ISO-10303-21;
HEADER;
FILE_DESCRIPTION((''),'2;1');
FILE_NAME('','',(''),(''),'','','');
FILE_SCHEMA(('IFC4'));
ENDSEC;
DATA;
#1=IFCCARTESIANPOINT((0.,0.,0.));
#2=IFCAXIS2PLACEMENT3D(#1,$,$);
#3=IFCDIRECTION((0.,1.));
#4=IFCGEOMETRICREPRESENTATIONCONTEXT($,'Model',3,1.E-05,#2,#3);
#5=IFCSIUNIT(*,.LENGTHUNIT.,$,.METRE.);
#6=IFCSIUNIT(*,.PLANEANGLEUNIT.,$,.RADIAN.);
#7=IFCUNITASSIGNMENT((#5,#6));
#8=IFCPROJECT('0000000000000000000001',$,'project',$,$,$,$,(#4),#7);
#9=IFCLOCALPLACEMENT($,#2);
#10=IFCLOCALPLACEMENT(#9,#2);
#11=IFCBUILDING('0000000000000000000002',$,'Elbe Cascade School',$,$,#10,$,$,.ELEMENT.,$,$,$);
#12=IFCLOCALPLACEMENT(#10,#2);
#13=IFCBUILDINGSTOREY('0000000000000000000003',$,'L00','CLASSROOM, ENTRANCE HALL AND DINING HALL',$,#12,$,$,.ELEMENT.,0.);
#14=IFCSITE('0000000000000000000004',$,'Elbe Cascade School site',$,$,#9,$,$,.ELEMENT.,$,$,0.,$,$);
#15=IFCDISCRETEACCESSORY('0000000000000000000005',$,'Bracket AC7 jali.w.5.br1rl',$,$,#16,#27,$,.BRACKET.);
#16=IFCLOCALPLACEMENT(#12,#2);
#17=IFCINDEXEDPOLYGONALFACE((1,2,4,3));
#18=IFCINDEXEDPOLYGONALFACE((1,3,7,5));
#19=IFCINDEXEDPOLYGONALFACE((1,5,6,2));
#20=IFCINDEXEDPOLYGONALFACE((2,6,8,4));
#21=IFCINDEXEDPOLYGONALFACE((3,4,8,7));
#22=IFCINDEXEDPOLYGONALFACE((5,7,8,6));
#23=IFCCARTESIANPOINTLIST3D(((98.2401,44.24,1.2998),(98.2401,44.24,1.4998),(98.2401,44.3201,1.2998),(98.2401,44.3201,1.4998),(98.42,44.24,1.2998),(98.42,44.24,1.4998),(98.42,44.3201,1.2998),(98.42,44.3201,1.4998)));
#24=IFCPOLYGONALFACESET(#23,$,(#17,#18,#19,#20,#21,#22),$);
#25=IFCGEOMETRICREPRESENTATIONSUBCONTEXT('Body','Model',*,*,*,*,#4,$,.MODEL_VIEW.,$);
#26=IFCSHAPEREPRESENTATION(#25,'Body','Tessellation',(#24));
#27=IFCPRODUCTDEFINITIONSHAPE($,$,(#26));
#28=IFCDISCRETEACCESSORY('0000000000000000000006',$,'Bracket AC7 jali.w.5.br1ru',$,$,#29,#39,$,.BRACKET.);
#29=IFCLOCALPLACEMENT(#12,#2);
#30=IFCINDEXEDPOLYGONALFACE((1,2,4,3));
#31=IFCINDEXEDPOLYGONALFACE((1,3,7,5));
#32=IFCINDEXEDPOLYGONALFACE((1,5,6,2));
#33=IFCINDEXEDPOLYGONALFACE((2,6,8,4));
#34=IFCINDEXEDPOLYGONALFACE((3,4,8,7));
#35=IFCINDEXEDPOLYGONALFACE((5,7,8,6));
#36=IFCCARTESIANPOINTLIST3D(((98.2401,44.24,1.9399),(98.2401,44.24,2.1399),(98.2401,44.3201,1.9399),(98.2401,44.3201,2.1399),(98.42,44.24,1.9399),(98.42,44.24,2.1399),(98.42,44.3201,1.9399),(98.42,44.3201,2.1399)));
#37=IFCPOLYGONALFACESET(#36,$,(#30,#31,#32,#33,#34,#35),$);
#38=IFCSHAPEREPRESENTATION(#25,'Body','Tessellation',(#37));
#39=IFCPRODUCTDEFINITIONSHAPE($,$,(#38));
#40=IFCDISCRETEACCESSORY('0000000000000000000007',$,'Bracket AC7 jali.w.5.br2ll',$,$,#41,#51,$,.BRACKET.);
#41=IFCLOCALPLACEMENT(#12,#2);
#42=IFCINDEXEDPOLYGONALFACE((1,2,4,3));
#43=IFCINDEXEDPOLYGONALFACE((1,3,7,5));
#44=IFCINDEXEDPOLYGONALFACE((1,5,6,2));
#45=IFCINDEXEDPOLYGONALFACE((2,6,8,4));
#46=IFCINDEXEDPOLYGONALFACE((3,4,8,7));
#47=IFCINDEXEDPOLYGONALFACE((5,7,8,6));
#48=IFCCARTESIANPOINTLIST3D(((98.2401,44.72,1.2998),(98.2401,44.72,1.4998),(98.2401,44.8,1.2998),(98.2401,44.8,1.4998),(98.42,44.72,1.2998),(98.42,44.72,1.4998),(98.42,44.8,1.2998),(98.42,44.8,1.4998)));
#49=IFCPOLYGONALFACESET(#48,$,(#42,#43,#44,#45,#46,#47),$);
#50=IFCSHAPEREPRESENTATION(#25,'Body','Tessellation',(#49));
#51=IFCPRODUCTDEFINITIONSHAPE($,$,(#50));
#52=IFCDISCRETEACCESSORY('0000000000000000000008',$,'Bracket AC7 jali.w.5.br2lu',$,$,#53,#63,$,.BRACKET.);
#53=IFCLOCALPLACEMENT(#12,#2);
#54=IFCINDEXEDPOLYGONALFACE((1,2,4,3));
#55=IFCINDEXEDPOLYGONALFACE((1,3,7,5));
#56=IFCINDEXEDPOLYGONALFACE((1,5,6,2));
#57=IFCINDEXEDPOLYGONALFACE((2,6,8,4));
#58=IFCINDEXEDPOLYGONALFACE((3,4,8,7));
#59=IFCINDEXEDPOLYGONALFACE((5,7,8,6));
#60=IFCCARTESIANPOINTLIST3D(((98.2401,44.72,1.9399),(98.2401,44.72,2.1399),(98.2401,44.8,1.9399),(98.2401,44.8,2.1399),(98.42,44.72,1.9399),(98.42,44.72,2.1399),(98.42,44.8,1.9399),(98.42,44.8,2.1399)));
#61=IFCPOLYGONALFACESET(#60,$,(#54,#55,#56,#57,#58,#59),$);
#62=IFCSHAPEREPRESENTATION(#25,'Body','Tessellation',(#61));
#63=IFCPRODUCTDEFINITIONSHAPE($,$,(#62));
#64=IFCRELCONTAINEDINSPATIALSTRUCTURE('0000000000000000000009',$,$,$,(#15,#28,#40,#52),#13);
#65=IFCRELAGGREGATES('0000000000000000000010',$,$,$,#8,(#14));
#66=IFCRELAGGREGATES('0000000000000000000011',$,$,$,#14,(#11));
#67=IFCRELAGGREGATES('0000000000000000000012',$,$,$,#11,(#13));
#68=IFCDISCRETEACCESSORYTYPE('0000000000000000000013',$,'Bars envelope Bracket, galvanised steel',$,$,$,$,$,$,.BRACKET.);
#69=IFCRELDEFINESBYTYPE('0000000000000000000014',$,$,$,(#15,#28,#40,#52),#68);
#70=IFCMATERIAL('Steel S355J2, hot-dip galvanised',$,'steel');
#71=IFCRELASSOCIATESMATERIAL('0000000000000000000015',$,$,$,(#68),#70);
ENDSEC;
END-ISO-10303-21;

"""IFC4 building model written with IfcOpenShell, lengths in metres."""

from ifc_helpers import new_model, si_unit, direction, frame, origin, origin_2d, place, context, subcontext, project, spatial, rectangle, extrude, material, type_object, element, save


model = new_model("IFC4")

# Units and contexts
model_context = context("Model", 3, precision=1e-05, world=origin(), true_north=direction((0.0, 1.0)))
body_context = subcontext(model_context, "Body", "Model", "MODEL_VIEW")
ifc_project = project(units=[si_unit("LENGTHUNIT", "METRE"), si_unit("PLANEANGLEUNIT", "RADIAN")], contexts=[model_context])

# Site, building, storey
site_placement = place(None, origin())
site = spatial("IfcSite", under=ifc_project, at=site_placement, Name="Elbe Cascade School site", CompositionType="ELEMENT", RefElevation=0.0)
building_placement = place(site_placement, origin())
building = spatial("IfcBuilding", under=site, at=building_placement, Name="Elbe Cascade School", CompositionType="ELEMENT")
storey_placement = place(building_placement, origin())
storey = spatial("IfcBuildingStorey", under=building, at=storey_placement, Name="L00", Description="CLASSROOM, ENTRANCE HALL AND DINING HALL", CompositionType="ELEMENT", Elevation=0.0)

# Discrete accessories
ifc_material_1 = material(Name="Steel S355J2, hot-dip galvanised", Category="steel")
discrete_accessory_type = type_object("IfcDiscreteAccessoryType", Name="Bars envelope Bracket, galvanised steel", PredefinedType="BRACKET", material=ifc_material_1)
for number, where, z_axis, x_axis, name in (
    (1, (98.3301, 44.28, 1.2998), (0.0, 0.0, 1.0), (0.0, 1.0, 0.0), "Bracket AC7 jali.w.5.br1rl"),
    (2, (98.3301, 44.28, 1.9399), (0.0, 0.0, 1.0), (0.0, 1.0, 0.0), "Bracket AC7 jali.w.5.br1ru"),
    (3, (98.3301, 44.76, 1.2998), (0.0, 0.0, 1.0), (0.0, 1.0, 0.0), "Bracket AC7 jali.w.5.br2ll"),
    (4, (98.3301, 44.76, 1.9399), (0.0, 0.0, 1.0), (0.0, 1.0, 0.0), "Bracket AC7 jali.w.5.br2lu"),
):
    element("IfcDiscreteAccessory", number, at=place(storey_placement, frame(where, z_axis=z_axis, x_axis=x_axis)), inside=storey, type_object=discrete_accessory_type, Name=name, PredefinedType="BRACKET", context=body_context, shape_type="SweptSolid", body=[
        extrude(rectangle(XDim=0.0801, YDim=0.1799, at=origin_2d()), origin(), (0.0, 0.0, 1.0), 0.2),
    ])

save(model, "model.ifc")
